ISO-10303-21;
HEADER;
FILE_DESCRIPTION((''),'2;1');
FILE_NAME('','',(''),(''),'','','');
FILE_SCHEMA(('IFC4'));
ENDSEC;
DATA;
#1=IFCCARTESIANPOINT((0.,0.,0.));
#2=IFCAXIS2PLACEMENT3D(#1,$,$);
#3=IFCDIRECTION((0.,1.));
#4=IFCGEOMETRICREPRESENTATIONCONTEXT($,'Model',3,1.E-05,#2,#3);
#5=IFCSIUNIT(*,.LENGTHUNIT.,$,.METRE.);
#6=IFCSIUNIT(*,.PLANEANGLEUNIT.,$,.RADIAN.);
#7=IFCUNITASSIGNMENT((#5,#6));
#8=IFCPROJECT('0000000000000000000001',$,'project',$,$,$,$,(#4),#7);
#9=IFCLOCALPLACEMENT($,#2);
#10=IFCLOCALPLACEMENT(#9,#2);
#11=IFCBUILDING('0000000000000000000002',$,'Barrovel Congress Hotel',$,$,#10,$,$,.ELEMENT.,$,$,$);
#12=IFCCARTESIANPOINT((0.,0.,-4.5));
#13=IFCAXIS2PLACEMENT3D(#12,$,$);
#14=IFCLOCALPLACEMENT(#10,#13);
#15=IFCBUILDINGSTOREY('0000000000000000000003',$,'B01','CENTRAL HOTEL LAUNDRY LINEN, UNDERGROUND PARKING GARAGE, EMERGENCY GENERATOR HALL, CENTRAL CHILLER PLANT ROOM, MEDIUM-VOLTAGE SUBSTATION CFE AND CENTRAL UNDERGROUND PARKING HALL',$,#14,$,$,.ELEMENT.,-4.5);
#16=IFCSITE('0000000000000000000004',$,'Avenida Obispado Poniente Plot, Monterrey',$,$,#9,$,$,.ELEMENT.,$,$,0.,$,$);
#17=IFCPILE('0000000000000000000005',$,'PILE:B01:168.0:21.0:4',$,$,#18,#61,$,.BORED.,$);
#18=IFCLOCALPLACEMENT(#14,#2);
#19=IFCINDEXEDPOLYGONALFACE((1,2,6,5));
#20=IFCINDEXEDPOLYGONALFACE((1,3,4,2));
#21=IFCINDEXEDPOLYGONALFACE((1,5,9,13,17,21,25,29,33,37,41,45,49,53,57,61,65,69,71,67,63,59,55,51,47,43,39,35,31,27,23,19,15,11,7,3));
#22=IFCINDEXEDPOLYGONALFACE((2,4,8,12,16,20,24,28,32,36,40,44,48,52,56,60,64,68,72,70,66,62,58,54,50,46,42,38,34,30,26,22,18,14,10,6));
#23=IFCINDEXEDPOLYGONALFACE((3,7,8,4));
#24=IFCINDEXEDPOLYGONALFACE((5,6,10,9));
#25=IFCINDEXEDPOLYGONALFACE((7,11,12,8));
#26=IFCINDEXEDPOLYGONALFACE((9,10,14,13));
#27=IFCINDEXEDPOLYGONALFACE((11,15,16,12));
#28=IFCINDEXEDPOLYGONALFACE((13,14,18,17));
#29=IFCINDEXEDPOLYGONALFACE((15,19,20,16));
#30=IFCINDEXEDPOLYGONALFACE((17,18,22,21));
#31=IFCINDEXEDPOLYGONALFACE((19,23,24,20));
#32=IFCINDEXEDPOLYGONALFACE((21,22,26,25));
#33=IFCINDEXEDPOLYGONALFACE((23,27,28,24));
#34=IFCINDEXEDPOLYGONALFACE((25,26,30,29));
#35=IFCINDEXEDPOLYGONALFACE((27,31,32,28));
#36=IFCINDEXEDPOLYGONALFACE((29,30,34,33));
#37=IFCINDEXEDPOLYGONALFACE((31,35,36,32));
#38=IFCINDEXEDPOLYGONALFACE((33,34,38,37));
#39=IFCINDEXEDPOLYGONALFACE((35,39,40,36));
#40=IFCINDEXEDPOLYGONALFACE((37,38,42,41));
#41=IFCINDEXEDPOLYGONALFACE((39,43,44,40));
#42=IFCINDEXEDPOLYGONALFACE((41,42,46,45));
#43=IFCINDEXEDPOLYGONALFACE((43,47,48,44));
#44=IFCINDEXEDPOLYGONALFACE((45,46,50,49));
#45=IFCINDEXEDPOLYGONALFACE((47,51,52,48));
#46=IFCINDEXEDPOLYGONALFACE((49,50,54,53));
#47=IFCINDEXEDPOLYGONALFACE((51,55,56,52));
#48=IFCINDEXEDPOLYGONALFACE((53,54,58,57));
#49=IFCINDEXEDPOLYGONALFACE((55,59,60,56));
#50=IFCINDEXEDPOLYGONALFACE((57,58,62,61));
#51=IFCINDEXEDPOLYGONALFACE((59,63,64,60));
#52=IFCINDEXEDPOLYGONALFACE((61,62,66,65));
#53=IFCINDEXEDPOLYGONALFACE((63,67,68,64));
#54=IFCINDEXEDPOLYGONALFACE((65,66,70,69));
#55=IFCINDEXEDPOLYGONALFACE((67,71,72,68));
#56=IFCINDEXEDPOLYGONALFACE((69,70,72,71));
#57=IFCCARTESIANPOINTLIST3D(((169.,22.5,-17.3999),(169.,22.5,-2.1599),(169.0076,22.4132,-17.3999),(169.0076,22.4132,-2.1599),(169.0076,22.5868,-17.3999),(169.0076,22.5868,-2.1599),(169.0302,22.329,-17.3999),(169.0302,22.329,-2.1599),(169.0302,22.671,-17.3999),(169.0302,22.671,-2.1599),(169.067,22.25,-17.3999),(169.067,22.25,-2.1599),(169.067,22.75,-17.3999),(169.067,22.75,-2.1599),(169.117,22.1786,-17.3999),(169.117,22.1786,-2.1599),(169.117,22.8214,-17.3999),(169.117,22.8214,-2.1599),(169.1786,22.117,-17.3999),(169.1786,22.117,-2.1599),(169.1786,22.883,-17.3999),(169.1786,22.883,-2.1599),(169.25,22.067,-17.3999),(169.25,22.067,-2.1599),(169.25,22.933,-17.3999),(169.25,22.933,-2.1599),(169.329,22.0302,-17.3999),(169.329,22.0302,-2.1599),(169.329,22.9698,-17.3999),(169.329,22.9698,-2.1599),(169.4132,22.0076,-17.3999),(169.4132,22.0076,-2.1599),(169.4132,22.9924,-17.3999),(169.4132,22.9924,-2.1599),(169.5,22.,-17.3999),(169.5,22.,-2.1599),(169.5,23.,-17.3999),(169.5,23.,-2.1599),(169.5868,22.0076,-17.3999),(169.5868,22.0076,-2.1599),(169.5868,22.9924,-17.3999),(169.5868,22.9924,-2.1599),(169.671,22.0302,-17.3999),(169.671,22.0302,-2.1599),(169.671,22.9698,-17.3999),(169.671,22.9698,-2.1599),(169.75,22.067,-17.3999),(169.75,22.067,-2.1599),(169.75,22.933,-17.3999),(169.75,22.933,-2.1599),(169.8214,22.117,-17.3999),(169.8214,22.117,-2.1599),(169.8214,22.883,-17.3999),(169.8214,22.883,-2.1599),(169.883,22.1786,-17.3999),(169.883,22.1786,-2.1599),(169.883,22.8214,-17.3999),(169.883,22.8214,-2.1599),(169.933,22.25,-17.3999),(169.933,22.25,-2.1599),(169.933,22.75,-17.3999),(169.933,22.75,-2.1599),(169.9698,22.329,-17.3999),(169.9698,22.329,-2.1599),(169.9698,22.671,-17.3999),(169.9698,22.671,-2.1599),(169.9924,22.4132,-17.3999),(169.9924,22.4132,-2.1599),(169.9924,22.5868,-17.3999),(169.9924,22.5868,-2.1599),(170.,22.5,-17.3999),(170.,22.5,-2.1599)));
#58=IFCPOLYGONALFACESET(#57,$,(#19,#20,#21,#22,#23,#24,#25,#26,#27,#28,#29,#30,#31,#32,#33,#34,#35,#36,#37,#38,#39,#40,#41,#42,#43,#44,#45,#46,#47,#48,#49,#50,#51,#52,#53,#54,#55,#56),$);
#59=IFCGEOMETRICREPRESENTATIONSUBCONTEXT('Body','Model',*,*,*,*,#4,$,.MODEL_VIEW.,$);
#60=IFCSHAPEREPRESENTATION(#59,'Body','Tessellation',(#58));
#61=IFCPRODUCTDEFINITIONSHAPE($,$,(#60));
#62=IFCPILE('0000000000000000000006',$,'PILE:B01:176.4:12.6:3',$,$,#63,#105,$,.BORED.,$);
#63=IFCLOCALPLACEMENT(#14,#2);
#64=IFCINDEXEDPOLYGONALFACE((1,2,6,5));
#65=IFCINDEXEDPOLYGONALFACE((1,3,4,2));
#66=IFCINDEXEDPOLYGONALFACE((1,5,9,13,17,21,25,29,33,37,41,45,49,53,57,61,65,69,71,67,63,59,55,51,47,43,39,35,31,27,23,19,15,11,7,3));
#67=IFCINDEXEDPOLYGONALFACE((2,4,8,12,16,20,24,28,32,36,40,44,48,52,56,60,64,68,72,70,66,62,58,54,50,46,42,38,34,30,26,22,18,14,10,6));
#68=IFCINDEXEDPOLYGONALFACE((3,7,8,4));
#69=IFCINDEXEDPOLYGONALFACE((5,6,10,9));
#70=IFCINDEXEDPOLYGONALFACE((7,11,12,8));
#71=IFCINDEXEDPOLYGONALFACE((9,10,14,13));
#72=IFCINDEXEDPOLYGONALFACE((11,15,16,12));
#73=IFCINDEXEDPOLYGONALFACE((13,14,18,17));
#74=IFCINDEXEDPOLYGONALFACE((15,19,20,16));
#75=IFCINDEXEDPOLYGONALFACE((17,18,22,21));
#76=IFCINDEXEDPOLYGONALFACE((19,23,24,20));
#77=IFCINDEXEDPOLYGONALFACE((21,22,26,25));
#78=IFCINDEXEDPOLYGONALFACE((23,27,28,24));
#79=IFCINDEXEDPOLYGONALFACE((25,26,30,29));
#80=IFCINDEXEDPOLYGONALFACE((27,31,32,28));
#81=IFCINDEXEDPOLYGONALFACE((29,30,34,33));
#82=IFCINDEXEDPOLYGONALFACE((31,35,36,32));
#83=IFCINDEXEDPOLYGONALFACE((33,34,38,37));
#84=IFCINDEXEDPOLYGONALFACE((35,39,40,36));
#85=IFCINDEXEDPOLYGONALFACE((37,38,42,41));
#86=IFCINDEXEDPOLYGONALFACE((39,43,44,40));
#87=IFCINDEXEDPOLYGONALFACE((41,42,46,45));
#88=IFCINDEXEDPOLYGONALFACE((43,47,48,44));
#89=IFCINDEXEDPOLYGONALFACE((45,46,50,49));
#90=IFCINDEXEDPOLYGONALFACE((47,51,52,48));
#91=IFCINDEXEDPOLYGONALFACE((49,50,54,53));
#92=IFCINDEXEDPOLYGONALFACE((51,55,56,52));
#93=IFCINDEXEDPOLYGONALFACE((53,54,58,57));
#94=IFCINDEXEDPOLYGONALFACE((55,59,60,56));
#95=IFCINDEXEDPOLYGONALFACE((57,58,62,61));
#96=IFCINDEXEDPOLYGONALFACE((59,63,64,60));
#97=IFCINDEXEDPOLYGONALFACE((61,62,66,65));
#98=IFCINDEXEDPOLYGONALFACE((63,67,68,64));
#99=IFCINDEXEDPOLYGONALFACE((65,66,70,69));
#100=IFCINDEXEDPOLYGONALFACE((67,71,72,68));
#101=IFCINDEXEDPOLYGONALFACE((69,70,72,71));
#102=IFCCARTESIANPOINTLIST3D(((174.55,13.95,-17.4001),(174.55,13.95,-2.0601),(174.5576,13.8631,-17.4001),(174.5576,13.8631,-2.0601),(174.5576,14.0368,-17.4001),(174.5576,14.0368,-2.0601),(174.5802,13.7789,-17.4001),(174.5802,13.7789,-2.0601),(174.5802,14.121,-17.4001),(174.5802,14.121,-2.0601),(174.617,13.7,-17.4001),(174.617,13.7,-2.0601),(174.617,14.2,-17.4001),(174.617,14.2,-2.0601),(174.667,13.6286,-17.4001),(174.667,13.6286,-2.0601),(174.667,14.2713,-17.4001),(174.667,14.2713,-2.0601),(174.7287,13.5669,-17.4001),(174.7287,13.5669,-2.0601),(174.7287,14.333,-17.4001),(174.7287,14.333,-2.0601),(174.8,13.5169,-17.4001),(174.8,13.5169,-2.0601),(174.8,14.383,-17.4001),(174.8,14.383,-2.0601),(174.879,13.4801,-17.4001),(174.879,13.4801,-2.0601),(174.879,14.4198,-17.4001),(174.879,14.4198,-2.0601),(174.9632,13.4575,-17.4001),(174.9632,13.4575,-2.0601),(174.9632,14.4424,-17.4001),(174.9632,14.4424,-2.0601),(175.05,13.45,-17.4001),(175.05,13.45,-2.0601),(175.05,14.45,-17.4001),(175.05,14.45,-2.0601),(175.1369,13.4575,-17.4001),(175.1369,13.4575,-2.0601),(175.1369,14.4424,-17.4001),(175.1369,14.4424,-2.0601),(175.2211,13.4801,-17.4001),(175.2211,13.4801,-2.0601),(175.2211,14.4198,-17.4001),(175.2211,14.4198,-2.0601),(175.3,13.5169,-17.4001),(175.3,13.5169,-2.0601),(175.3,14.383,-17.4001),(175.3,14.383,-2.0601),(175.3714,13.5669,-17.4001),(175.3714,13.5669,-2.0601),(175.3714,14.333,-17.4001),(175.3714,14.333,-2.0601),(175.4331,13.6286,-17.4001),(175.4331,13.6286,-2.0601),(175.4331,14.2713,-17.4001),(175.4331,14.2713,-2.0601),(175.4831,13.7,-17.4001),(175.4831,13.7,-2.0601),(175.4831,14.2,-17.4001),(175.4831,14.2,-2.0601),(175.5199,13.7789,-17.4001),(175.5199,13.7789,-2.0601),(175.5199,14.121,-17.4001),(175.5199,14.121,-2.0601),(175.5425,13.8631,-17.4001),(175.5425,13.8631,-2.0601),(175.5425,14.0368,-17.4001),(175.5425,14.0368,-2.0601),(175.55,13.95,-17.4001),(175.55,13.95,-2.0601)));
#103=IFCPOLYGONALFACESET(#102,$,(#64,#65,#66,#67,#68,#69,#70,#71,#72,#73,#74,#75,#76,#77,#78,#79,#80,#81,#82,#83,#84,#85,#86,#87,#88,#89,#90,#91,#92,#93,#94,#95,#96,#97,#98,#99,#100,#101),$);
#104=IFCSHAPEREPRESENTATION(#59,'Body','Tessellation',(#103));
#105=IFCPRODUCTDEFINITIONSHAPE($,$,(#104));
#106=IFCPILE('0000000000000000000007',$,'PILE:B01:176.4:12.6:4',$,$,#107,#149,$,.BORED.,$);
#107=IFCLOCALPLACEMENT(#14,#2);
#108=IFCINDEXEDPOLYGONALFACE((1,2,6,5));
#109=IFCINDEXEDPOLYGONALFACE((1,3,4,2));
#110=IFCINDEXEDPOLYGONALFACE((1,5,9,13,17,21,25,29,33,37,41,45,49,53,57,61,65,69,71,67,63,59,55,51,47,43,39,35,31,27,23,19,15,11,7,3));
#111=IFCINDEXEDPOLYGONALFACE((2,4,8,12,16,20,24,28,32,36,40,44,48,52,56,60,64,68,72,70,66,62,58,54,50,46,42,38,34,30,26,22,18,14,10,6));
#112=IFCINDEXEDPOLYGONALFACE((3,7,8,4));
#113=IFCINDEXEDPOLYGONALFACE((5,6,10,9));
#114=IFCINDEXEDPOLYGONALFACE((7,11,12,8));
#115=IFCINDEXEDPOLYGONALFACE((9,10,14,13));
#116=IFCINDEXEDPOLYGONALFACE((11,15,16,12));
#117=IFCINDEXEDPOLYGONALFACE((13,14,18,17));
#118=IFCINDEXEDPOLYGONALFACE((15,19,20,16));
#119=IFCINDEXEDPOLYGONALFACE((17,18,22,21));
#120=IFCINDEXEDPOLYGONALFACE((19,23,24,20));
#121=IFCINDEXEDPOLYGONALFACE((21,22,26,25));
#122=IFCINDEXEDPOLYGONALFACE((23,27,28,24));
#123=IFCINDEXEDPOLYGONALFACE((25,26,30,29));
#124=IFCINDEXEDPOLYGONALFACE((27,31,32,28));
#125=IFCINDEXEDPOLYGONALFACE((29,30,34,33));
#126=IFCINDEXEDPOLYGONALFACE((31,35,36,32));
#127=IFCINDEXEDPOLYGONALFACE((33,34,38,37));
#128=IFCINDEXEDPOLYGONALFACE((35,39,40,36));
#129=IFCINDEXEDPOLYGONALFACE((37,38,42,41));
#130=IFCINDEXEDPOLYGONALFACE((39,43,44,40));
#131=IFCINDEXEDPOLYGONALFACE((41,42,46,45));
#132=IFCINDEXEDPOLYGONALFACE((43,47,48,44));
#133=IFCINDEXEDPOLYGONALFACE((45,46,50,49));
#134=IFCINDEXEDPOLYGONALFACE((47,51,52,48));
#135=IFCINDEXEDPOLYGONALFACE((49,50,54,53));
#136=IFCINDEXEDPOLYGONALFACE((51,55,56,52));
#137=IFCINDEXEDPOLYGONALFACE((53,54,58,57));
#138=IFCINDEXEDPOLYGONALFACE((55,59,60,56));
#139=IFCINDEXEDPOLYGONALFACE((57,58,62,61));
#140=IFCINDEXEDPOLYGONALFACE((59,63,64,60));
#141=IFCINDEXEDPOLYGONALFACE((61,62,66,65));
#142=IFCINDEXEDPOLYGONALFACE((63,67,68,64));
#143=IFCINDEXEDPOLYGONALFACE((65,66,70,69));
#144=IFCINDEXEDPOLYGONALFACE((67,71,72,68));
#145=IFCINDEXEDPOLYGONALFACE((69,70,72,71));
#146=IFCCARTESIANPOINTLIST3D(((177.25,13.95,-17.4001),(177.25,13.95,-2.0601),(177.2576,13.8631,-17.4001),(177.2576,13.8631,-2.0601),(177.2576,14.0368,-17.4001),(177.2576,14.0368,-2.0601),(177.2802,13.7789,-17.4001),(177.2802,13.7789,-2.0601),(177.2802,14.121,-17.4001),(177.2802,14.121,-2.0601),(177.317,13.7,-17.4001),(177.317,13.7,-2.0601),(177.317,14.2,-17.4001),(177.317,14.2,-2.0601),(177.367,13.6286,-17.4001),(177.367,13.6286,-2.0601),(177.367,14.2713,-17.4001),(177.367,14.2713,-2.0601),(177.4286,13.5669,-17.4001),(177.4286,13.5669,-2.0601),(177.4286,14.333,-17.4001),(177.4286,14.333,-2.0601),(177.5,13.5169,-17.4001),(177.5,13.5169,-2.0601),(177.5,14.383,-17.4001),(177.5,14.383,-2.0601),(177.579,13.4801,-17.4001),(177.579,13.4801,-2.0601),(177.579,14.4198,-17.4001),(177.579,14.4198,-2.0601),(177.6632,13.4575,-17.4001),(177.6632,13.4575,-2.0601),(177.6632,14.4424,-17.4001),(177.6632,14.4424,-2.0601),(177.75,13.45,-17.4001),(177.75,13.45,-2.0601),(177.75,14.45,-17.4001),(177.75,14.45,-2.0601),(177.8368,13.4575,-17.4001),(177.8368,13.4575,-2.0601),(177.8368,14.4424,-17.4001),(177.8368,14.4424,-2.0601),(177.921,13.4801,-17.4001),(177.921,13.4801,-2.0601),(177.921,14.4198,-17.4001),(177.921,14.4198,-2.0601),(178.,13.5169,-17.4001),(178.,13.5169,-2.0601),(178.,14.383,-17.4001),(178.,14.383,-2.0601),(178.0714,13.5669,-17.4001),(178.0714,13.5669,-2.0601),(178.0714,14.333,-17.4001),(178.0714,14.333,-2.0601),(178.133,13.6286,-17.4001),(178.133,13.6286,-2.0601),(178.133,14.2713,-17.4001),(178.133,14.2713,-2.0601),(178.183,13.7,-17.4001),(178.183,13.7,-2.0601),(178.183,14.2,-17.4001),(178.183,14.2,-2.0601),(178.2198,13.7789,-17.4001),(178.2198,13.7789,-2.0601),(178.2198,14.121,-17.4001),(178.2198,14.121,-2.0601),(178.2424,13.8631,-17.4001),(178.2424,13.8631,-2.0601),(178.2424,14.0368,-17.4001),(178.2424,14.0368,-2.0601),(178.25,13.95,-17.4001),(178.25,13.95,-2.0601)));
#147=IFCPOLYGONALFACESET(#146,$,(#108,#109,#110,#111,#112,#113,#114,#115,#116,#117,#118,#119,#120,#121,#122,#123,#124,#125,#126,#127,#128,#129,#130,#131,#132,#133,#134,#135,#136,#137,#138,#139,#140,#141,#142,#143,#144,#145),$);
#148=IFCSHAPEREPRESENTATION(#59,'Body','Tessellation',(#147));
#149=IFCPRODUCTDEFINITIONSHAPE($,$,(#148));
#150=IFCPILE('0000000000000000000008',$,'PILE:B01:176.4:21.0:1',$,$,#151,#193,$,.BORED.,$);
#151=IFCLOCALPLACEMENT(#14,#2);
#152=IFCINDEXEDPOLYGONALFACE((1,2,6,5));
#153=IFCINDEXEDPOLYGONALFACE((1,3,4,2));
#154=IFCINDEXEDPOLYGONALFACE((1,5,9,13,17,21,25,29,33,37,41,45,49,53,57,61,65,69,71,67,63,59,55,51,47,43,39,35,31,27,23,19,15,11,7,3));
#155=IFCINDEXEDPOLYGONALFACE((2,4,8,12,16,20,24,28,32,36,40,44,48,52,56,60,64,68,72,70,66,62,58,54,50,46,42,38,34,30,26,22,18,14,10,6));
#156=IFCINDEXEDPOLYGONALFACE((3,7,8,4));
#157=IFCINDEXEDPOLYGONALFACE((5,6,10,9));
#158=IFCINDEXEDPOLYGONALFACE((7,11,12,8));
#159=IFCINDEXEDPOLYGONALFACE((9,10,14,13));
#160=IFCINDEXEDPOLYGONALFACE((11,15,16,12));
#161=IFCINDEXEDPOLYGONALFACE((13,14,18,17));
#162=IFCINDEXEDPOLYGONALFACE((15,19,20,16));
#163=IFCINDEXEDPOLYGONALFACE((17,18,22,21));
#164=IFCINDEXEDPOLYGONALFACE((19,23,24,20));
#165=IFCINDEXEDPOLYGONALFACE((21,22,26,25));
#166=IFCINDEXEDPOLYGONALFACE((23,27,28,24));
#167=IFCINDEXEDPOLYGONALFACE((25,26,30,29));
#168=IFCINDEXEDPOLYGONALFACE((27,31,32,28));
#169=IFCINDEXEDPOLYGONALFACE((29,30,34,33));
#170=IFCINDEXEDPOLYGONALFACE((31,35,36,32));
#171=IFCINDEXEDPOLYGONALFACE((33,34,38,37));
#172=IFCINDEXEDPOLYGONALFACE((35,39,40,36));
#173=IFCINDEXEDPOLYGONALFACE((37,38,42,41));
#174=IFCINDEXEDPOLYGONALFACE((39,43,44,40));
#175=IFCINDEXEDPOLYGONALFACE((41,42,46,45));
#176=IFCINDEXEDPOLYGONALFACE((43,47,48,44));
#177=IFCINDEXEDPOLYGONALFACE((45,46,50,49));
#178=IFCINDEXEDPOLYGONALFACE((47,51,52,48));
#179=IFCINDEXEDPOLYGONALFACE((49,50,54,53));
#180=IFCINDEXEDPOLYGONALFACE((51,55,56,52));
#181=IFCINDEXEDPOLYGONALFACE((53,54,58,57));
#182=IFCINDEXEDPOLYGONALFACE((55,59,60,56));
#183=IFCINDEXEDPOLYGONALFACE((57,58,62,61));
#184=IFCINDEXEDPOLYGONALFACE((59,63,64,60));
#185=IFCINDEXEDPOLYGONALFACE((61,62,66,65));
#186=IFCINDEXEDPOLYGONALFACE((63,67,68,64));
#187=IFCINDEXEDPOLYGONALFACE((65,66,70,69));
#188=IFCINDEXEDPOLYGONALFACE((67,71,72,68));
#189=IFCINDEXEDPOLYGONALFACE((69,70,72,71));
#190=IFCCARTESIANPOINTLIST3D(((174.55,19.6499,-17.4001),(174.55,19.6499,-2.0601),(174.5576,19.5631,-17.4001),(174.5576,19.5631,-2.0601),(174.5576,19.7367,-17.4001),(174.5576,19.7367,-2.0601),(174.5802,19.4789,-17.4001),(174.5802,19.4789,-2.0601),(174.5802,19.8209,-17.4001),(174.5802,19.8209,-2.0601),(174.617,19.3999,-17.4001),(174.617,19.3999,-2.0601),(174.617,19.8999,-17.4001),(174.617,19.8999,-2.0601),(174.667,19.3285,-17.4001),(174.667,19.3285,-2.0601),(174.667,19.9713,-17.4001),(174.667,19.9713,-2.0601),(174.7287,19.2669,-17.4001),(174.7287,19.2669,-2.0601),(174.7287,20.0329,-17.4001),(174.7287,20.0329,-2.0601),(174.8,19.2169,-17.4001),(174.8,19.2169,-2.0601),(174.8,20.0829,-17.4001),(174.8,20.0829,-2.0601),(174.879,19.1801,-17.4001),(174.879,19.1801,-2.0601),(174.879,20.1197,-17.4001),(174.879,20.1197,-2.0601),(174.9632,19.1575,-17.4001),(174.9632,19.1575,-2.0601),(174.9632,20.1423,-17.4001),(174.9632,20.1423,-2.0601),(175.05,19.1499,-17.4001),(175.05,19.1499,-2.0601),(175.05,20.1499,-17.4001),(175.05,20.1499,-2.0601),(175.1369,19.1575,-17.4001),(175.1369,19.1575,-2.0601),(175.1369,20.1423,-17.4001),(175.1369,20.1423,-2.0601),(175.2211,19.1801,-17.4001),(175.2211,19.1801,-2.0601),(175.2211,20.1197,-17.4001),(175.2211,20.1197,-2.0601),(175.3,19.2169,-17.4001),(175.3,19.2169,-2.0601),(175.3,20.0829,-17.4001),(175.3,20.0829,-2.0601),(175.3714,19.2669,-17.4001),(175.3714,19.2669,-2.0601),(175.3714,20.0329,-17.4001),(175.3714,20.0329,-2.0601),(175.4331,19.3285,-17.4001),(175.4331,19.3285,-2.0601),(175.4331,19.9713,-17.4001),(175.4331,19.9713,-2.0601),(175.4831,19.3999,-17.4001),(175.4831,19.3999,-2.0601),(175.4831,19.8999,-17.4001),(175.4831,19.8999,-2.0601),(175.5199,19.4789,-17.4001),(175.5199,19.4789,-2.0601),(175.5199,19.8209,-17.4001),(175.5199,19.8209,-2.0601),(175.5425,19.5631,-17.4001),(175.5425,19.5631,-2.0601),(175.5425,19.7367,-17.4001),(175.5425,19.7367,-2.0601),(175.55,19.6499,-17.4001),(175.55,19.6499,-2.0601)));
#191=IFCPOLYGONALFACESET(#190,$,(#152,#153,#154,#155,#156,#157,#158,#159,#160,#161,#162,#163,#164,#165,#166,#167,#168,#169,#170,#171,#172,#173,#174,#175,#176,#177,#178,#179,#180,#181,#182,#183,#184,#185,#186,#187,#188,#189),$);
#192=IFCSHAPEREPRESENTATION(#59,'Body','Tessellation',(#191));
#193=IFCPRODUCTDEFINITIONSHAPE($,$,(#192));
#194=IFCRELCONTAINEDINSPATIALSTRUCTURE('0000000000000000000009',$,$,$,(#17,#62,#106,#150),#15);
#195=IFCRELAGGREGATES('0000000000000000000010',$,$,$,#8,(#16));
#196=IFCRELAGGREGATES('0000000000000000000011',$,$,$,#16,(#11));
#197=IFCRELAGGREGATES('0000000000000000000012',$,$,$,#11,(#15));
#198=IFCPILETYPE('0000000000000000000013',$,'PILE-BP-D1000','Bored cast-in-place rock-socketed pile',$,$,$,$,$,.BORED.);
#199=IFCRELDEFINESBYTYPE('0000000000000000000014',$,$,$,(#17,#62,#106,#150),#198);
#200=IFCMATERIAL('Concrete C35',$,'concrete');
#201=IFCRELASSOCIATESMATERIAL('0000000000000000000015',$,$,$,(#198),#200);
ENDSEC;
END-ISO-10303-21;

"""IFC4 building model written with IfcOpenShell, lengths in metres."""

from ifc_helpers import new_model, si_unit, direction, frame, origin, origin_2d, place, context, subcontext, project, spatial, circle, extrude, material, material_profile, profile_set, type_object, element, save


model = new_model("IFC4")

# Units and contexts
model_context = context("Model", 3, precision=1e-05, world=origin(), true_north=direction((0.0, 1.0)))
body_context = subcontext(model_context, "Body", "Model", "MODEL_VIEW")
ifc_project = project(units=[si_unit("LENGTHUNIT", "METRE"), si_unit("PLANEANGLEUNIT", "RADIAN")], contexts=[model_context])

# Site, building, storey
site_placement = place(None, origin())
site = spatial("IfcSite", under=ifc_project, at=site_placement, Name="Avenida Obispado Poniente Plot, Monterrey", CompositionType="ELEMENT", RefElevation=0.0)
building_placement = place(site_placement, origin())
building = spatial("IfcBuilding", under=site, at=building_placement, Name="Barrovel Congress Hotel", CompositionType="ELEMENT")
storey_placement = place(building_placement, frame((0.0, 0.0, -4.5)))
storey = spatial("IfcBuildingStorey", under=building, at=storey_placement, Name="B01", Description="CENTRAL HOTEL LAUNDRY LINEN, UNDERGROUND PARKING GARAGE, EMERGENCY GENERATOR HALL, CENTRAL CHILLER PLANT ROOM, MEDIUM-VOLTAGE SUBSTATION CFE AND CENTRAL UNDERGROUND PARKING HALL", CompositionType="ELEMENT", Elevation=-4.5)

# Piles
ifc_material_1 = material(Name="Concrete C35", Category="concrete")
ifc_material_profile_1 = material_profile(ifc_material_1, circle(Radius=0.5, at=origin_2d()), Name="BP-D1000")
ifc_profile_set_1 = profile_set([ifc_material_profile_1], Name="Concrete C35")
pile_type_1 = type_object("IfcPileType", Name="PILE-BP-D1000", Description="Bored cast-in-place rock-socketed pile", PredefinedType="BORED", material=ifc_profile_set_1)
for number, where, z_axis, x_axis, name in (
    (1, (169.5, 22.5, -2.1599), (0.0, 0.0, -1.0), (1.0, 0.0, 0.0), "PILE:B01:168.0:21.0:4"),
):
    element("IfcPile", number, at=place(storey_placement, frame(where, z_axis=z_axis, x_axis=x_axis)), inside=storey, type_object=pile_type_1, Name=name, PredefinedType="BORED", context=body_context, shape_type="SweptSolid", body=[
        extrude(circle(Radius=0.5, at=origin_2d()), origin(), (0.0, 0.0, 1.0), 15.24),
    ])
for number, where, z_axis, x_axis, name in (
    (2, (175.05, 13.95, -2.0601), (0.0, 0.0, -1.0), (1.0, 0.0, 0.0), "PILE:B01:176.4:12.6:3"),
    (3, (177.75, 13.95, -2.0601), (0.0, 0.0, -1.0), (1.0, 0.0, 0.0), "PILE:B01:176.4:12.6:4"),
    (4, (175.05, 19.6499, -2.0601), (0.0, 0.0, -1.0), (1.0, 0.0, 0.0), "PILE:B01:176.4:21.0:1"),
):
    element("IfcPile", number, at=place(storey_placement, frame(where, z_axis=z_axis, x_axis=x_axis)), inside=storey, type_object=pile_type_1, Name=name, PredefinedType="BORED", context=body_context, shape_type="SweptSolid", body=[
        extrude(circle(Radius=0.5, at=origin_2d()), origin(), (0.0, 0.0, 1.0), 15.3401),
    ])

save(model, "model.ifc")
